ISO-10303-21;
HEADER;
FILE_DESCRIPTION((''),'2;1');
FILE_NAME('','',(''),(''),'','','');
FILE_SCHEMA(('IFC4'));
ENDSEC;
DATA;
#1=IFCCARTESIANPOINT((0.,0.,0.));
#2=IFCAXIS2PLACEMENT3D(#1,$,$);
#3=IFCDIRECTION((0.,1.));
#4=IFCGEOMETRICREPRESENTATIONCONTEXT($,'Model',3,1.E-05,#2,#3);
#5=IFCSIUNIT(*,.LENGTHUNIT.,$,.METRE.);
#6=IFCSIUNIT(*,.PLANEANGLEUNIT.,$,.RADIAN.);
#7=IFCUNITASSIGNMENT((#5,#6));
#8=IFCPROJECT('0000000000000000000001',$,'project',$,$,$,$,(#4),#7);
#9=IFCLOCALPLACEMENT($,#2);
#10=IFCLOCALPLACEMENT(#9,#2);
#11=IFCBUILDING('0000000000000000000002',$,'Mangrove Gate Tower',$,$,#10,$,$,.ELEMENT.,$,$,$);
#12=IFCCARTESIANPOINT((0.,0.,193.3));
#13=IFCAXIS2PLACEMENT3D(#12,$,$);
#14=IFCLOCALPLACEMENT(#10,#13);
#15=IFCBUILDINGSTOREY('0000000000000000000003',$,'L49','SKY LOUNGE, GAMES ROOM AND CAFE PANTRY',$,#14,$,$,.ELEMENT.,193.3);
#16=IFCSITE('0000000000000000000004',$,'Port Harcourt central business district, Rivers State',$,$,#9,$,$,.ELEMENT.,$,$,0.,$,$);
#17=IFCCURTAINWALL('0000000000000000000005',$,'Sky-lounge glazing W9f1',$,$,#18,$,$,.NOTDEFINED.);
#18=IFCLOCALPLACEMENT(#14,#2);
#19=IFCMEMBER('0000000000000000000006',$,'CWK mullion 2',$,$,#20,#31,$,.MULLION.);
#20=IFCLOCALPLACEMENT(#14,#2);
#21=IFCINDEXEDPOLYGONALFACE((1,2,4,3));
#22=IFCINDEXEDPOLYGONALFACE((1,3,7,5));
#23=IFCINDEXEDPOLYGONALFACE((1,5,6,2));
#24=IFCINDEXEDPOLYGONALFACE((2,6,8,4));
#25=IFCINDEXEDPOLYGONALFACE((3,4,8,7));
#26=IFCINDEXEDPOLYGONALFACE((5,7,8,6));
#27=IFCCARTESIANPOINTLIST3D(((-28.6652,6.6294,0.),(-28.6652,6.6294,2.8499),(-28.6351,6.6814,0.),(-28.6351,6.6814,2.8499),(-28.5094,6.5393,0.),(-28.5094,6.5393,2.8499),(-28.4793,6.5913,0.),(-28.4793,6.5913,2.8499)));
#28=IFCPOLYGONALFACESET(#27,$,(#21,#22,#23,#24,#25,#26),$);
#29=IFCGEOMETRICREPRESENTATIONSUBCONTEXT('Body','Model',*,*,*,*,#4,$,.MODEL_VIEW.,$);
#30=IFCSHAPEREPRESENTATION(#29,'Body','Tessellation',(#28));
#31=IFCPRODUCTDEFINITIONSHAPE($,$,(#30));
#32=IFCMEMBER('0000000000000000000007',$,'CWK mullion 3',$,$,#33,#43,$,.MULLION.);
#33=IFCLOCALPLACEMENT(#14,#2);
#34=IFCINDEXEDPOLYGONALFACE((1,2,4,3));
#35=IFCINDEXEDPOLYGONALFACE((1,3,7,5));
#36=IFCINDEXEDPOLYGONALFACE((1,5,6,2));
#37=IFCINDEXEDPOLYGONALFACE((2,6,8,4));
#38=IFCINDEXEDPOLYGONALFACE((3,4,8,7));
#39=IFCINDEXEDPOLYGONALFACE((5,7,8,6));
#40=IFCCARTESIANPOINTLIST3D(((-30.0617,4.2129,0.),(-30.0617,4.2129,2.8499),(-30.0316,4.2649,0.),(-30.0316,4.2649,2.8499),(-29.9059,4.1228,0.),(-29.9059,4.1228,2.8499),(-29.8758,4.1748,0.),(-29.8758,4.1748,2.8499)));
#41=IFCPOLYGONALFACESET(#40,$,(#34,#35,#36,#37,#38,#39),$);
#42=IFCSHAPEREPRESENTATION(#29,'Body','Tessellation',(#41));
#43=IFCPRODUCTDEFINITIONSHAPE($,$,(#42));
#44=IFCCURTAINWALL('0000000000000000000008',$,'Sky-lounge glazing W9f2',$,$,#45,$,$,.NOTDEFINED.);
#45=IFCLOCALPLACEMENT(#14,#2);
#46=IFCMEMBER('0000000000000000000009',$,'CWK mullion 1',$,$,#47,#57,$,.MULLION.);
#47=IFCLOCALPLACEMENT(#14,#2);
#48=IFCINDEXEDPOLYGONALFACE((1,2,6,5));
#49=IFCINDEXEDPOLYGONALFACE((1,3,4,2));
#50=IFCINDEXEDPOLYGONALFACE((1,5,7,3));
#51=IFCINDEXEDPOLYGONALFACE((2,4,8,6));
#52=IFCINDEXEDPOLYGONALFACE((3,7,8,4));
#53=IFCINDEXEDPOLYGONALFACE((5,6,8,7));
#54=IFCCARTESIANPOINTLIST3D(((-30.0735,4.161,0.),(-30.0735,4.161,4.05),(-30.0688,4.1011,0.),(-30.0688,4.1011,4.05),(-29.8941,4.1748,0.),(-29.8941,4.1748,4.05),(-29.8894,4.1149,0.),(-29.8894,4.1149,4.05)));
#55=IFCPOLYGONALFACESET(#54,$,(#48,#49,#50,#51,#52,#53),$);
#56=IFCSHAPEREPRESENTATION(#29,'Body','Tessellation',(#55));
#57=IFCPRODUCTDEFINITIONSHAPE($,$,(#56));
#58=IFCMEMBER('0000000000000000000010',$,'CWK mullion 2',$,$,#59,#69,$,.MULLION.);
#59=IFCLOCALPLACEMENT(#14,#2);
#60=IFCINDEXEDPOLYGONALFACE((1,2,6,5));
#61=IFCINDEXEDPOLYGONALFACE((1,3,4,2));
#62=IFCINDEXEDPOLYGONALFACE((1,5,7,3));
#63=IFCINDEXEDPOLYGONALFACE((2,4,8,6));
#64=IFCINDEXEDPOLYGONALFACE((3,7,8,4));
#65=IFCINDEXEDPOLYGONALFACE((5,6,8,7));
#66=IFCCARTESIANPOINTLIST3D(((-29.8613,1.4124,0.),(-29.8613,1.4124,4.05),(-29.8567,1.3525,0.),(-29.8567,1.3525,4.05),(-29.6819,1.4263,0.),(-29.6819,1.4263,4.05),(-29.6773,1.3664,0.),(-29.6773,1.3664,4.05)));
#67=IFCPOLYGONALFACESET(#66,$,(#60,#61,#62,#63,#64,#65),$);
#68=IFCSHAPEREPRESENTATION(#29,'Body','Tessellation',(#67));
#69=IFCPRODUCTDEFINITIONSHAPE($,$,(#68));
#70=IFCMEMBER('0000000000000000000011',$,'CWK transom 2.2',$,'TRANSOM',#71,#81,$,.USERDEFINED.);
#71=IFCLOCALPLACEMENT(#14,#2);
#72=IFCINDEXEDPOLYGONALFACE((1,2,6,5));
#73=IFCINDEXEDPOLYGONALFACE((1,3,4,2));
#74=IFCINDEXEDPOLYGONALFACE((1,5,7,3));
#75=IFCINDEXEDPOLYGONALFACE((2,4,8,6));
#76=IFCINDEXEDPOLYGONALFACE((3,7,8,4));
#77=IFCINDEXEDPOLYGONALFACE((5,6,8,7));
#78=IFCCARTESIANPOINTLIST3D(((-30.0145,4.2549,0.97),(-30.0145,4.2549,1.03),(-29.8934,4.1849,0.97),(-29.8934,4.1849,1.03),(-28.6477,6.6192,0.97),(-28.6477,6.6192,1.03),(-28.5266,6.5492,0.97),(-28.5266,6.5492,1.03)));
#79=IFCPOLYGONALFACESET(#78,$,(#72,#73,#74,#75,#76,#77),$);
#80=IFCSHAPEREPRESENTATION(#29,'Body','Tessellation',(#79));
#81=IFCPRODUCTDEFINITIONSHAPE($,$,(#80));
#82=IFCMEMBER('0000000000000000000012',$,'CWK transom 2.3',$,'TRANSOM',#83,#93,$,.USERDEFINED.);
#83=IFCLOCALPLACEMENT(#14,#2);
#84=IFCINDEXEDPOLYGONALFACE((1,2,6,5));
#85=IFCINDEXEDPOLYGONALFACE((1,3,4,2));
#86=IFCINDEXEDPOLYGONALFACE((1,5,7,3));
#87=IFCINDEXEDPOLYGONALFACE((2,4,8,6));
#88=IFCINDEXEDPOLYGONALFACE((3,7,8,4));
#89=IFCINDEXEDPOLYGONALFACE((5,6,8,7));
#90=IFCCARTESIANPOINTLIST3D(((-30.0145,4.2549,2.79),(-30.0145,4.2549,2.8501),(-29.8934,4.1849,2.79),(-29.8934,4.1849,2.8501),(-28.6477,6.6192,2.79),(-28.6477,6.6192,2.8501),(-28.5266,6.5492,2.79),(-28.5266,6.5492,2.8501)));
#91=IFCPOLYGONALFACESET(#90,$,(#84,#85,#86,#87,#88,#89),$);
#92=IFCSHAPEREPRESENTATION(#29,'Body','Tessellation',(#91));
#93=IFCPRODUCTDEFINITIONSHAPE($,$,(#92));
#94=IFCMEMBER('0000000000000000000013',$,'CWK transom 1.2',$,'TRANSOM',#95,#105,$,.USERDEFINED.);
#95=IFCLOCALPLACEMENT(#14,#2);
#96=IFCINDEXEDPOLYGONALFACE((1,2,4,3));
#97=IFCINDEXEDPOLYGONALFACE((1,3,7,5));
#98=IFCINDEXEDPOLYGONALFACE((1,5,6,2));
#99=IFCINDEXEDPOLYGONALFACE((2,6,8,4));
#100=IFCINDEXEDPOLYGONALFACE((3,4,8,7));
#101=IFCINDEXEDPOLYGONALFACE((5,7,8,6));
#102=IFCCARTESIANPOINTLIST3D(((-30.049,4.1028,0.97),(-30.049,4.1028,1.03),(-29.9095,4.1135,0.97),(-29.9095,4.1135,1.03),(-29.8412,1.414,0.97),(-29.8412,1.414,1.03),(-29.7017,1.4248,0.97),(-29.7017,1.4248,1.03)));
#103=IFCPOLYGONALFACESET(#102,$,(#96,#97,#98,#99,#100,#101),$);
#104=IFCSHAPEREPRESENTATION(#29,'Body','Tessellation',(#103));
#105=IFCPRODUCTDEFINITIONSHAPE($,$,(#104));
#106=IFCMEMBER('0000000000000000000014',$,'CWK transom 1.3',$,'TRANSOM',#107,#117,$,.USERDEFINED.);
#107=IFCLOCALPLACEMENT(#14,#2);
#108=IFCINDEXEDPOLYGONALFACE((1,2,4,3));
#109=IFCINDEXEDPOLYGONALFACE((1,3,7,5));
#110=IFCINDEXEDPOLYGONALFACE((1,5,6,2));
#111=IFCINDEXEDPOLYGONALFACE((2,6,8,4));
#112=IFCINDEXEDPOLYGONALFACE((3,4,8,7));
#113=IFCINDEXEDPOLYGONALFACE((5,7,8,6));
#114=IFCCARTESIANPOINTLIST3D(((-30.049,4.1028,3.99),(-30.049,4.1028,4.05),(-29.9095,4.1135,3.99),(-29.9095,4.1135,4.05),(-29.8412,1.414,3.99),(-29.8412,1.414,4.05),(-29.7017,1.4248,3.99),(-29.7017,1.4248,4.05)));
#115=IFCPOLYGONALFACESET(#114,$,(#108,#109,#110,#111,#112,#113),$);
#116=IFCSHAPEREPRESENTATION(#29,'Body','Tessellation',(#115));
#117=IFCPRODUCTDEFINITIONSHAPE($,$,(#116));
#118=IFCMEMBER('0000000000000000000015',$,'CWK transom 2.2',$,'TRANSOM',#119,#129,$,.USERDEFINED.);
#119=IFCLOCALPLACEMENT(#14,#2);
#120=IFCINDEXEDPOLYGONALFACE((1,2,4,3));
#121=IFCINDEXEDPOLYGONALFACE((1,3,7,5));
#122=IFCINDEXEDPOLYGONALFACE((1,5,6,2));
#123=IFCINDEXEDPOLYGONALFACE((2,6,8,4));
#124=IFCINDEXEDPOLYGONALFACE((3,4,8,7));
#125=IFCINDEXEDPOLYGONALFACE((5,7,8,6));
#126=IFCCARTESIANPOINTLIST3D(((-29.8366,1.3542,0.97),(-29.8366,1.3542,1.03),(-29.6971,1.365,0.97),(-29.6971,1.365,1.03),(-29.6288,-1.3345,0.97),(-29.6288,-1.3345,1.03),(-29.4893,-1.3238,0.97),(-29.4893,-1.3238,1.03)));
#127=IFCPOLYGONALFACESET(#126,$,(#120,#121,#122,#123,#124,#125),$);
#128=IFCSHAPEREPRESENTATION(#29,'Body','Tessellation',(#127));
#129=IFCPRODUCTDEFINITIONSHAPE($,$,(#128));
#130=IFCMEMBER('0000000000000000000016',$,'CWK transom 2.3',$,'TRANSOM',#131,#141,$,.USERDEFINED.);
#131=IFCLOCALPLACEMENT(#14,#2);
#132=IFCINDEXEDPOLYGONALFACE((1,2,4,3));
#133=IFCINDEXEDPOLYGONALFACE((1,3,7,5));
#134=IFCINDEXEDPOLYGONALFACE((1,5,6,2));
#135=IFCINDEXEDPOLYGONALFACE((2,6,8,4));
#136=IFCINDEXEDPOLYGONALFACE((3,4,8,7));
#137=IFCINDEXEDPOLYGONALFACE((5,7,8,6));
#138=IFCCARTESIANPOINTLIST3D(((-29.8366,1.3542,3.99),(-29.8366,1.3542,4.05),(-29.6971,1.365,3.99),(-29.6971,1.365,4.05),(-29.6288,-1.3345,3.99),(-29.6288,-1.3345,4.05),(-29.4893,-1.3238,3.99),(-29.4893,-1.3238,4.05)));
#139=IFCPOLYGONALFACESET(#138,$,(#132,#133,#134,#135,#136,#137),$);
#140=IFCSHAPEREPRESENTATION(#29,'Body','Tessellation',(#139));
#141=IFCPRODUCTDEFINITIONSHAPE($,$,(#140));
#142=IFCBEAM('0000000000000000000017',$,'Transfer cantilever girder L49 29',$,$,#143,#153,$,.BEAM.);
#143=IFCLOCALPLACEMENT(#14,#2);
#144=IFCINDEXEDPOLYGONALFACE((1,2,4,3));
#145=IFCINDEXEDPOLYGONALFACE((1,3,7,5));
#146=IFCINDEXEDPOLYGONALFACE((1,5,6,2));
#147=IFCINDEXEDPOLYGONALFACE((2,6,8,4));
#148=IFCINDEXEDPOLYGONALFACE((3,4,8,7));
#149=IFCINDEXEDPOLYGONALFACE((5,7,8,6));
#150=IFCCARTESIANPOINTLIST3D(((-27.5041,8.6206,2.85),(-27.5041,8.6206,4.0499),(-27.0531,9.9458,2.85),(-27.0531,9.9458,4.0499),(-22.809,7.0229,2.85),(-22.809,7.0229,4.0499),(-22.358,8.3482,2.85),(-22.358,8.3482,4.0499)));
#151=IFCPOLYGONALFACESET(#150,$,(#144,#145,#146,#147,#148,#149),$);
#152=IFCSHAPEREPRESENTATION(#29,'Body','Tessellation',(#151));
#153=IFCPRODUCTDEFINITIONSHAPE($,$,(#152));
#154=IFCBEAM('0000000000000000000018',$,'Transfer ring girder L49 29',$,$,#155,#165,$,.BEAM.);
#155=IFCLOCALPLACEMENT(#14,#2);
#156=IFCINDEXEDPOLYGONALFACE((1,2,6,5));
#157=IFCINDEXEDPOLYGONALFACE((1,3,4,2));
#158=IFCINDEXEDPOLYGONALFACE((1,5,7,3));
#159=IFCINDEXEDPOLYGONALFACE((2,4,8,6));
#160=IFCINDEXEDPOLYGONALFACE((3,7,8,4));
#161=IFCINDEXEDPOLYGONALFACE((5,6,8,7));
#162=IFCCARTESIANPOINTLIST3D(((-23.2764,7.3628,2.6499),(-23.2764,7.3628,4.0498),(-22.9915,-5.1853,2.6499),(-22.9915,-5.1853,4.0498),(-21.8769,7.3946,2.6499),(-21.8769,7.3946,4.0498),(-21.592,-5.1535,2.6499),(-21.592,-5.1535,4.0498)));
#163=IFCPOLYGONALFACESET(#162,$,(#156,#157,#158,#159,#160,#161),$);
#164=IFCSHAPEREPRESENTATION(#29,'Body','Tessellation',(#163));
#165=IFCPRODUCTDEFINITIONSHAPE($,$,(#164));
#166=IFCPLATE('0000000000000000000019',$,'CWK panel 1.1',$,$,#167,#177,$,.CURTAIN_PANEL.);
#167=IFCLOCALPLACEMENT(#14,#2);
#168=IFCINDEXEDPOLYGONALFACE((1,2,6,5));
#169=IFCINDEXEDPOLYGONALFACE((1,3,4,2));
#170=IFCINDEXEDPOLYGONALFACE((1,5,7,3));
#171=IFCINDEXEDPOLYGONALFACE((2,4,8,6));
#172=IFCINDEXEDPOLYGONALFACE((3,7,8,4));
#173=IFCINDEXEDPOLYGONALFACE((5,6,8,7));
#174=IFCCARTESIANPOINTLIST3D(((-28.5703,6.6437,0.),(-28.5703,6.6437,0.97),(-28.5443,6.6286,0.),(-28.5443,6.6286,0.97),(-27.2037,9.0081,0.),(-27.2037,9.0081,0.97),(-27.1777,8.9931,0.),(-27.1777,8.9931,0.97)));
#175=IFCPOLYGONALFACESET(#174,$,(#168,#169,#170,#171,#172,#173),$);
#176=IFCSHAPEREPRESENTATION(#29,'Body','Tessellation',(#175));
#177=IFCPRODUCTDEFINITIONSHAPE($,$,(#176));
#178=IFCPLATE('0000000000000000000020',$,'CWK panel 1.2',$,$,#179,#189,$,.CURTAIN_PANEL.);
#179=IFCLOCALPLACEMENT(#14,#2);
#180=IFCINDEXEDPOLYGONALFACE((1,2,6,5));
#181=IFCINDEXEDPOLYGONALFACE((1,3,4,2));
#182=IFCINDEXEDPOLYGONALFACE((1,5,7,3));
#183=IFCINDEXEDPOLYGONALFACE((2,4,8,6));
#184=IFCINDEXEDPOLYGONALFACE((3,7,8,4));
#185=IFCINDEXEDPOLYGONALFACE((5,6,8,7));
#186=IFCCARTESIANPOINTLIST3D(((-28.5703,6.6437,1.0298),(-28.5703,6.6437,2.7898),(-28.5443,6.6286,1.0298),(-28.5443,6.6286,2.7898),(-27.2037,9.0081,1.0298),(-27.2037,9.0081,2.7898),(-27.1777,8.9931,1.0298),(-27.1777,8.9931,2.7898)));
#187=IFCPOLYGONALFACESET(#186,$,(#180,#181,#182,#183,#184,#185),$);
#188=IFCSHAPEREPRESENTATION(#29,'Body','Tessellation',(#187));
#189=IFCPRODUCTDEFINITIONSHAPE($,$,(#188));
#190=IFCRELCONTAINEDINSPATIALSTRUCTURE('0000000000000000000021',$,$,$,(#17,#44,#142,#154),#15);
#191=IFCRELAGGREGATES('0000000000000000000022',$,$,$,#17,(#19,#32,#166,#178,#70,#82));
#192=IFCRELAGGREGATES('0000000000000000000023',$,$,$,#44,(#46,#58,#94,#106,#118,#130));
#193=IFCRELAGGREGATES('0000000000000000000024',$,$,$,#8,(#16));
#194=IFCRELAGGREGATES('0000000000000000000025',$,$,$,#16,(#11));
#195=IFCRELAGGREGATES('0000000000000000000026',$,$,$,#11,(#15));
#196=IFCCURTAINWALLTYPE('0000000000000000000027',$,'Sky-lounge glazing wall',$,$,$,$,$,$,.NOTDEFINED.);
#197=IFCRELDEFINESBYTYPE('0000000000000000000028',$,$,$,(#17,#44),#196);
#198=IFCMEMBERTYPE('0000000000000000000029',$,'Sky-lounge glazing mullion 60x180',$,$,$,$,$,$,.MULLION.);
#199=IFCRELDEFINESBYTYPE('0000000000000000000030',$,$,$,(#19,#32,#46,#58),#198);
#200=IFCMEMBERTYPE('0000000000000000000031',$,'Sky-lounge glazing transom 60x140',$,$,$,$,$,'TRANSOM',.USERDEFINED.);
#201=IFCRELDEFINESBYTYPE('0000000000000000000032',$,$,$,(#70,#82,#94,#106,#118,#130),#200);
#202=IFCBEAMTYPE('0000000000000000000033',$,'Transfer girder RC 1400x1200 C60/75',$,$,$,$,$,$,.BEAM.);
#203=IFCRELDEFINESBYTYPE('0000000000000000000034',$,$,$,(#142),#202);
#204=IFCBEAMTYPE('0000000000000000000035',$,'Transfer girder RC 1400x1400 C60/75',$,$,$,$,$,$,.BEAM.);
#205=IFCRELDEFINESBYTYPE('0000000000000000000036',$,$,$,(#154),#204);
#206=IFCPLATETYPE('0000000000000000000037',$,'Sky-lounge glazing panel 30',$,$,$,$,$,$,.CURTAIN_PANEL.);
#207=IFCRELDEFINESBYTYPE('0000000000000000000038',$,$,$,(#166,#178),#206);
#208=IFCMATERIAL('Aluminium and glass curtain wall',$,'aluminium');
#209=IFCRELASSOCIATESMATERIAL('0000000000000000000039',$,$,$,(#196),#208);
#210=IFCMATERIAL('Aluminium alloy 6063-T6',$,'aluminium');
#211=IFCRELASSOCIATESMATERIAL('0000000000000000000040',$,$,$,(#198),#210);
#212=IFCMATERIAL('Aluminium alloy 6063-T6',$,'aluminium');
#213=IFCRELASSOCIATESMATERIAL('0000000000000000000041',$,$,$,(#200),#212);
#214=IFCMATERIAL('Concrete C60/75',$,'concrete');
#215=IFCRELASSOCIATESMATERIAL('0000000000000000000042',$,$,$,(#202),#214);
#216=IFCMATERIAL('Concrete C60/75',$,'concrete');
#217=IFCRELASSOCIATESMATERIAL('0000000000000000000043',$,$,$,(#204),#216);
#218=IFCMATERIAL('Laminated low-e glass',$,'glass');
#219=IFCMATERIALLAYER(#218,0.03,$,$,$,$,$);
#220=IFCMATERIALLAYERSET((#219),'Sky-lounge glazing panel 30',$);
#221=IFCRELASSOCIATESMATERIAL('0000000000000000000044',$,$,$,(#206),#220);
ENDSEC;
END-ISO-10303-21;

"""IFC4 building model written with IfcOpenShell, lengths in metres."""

from ifc_helpers import new_model, si_unit, direction, frame, origin, origin_2d, place, context, subcontext, project, spatial, rectangle, extrude, material, layer, layer_set, material_profile, profile_set, type_object, element, aggregate, save


model = new_model("IFC4")

# Units and contexts
model_context = context("Model", 3, precision=1e-05, world=origin(), true_north=direction((0.0, 1.0)))
body_context = subcontext(model_context, "Body", "Model", "MODEL_VIEW")
ifc_project = project(units=[si_unit("LENGTHUNIT", "METRE"), si_unit("PLANEANGLEUNIT", "RADIAN")], contexts=[model_context])

# Site, building, storey
site_placement = place(None, origin())
site = spatial("IfcSite", under=ifc_project, at=site_placement, Name="Port Harcourt central business district, Rivers State", CompositionType="ELEMENT", RefElevation=0.0)
building_placement = place(site_placement, origin())
building = spatial("IfcBuilding", under=site, at=building_placement, Name="Mangrove Gate Tower", CompositionType="ELEMENT")
storey_placement = place(building_placement, frame((0.0, 0.0, 193.3)))
storey = spatial("IfcBuildingStorey", under=building, at=storey_placement, Name="L49", Description="SKY LOUNGE, GAMES ROOM AND CAFE PANTRY", CompositionType="ELEMENT", Elevation=193.3)

# Curtain walls, members
ifc_material_1 = material(Name="Aluminium and glass curtain wall", Category="aluminium")
curtain_wall_type = type_object("IfcCurtainWallType", Name="Sky-lounge glazing wall", PredefinedType="NOTDEFINED", material=ifc_material_1)
curtain_wall_1_placement = place(storey_placement, origin())
curtain_wall_1 = element("IfcCurtainWall", 1, at=curtain_wall_1_placement, inside=storey, type_object=curtain_wall_type, Name="Sky-lounge glazing W9f1", PredefinedType="NOTDEFINED")
ifc_material_2 = material(Name="Aluminium alloy 6063-T6", Category="aluminium")
ifc_material_profile_1 = material_profile(ifc_material_2, rectangle(XDim=0.0601, YDim=0.1799, at=origin_2d()))
ifc_profile_set_1 = profile_set([ifc_material_profile_1], Name="Aluminium alloy 6063-T6")
member_type_1 = type_object("IfcMemberType", Name="Sky-lounge glazing mullion 60x180", PredefinedType="MULLION", material=ifc_profile_set_1)
member_1_placement = place(storey_placement, frame((-28.5723, 6.6104, 0.0), z_axis=(0.0, 0.0, 1.0), x_axis=(-0.500418, -0.865784, 0.0)))
member_1 = element("IfcMember", 2, at=member_1_placement, type_object=member_type_1, Name="CWK mullion 2", PredefinedType="MULLION", context=body_context, shape_type="SweptSolid", body=[
    extrude(rectangle(XDim=0.0601, YDim=0.1799, at=origin_2d()), origin(), (0.0, 0.0, 1.0), 2.8499),
])
member_2_placement = place(storey_placement, frame((-29.9688, 4.1938, 0.0), z_axis=(0.0, 0.0, 1.0), x_axis=(-0.500418, -0.865784, 0.0)))
member_2 = element("IfcMember", 3, at=member_2_placement, type_object=member_type_1, Name="CWK mullion 3", PredefinedType="MULLION", context=body_context, shape_type="SweptSolid", body=[
    extrude(rectangle(XDim=0.0601, YDim=0.1799, at=origin_2d()), origin(), (0.0, 0.0, 1.0), 2.8499),
])
curtain_wall_2_placement = place(storey_placement, origin())
curtain_wall_2 = element("IfcCurtainWall", 4, at=curtain_wall_2_placement, inside=storey, type_object=curtain_wall_type, Name="Sky-lounge glazing W9f2", PredefinedType="NOTDEFINED")
member_3_placement = place(storey_placement, frame((-29.9814, 4.1379, 0.0), z_axis=(0.0, 0.0, 1.0), x_axis=(0.077023, -0.997029, 0.0)))
member_3 = element("IfcMember", 5, at=member_3_placement, type_object=member_type_1, Name="CWK mullion 1", PredefinedType="MULLION", context=body_context, shape_type="SweptSolid", body=[
    extrude(rectangle(XDim=0.0601, YDim=0.1799, at=origin_2d()), origin(), (0.0, 0.0, 1.0), 4.05),
])
member_4_placement = place(storey_placement, frame((-29.7693, 1.3894, 0.0), z_axis=(0.0, 0.0, 1.0), x_axis=(0.077023, -0.997029, 0.0)))
member_4 = element("IfcMember", 6, at=member_4_placement, type_object=member_type_1, Name="CWK mullion 2", PredefinedType="MULLION", context=body_context, shape_type="SweptSolid", body=[
    extrude(rectangle(XDim=0.0601, YDim=0.1799, at=origin_2d()), origin(), (0.0, 0.0, 1.0), 4.05),
])

# Members
ifc_material_3 = material(Name="Aluminium alloy 6063-T6", Category="aluminium")
ifc_material_profile_2 = material_profile(ifc_material_3, rectangle(XDim=0.0601, YDim=0.1399, at=origin_2d()))
ifc_profile_set_2 = profile_set([ifc_material_profile_2], Name="Aluminium alloy 6063-T6")
member_type_2 = type_object("IfcMemberType", Name="Sky-lounge glazing transom 60x140", ElementType="TRANSOM", PredefinedType="USERDEFINED", material=ifc_profile_set_2)
member_5_placement = place(storey_placement, frame((-28.5872, 6.5842, 1.0), z_axis=(-0.500465, -0.865757, 0.0), x_axis=(0.0, 0.0, 1.0)))
member_5 = element("IfcMember", 7, at=member_5_placement, type_object=member_type_2, Name="CWK transom 2.2", ObjectType="TRANSOM", PredefinedType="USERDEFINED", context=body_context, shape_type="SweptSolid", body=[
    extrude(rectangle(XDim=0.0601, YDim=0.1399, at=origin_2d()), origin(), (0.0, 0.0, 1.0), 2.731),
])
member_6_placement = place(storey_placement, frame((-28.5872, 6.5842, 2.8201), z_axis=(-0.500465, -0.865757, 0.0), x_axis=(0.0, 0.0, 1.0)))
member_6 = element("IfcMember", 8, at=member_6_placement, type_object=member_type_2, Name="CWK transom 2.3", ObjectType="TRANSOM", PredefinedType="USERDEFINED", context=body_context, shape_type="SweptSolid", body=[
    extrude(rectangle(XDim=0.0601, YDim=0.1399, at=origin_2d()), origin(), (0.0, 0.0, 1.0), 2.731),
])
member_7_placement = place(storey_placement, frame((-29.9792, 4.1082, 1.0), z_axis=(0.077043, -0.997028, 0.0), x_axis=(0.0, 0.0, 1.0)))
member_7 = element("IfcMember", 9, at=member_7_placement, type_object=member_type_2, Name="CWK transom 1.2", ObjectType="TRANSOM", PredefinedType="USERDEFINED", context=body_context, shape_type="SweptSolid", body=[
    extrude(rectangle(XDim=0.0601, YDim=0.1399, at=origin_2d()), origin(), (0.0, 0.0, 1.0), 2.6968),
])
member_8_placement = place(storey_placement, frame((-29.9792, 4.1082, 4.02), z_axis=(0.077043, -0.997028, 0.0), x_axis=(0.0, 0.0, 1.0)))
member_8 = element("IfcMember", 10, at=member_8_placement, type_object=member_type_2, Name="CWK transom 1.3", ObjectType="TRANSOM", PredefinedType="USERDEFINED", context=body_context, shape_type="SweptSolid", body=[
    extrude(rectangle(XDim=0.0601, YDim=0.1399, at=origin_2d()), origin(), (0.0, 0.0, 1.0), 2.6968),
])
member_9_placement = place(storey_placement, frame((-29.7668, 1.3596, 1.0), z_axis=(0.077043, -0.997028, 0.0), x_axis=(0.0, 0.0, 1.0)))
member_9 = element("IfcMember", 11, at=member_9_placement, type_object=member_type_2, Name="CWK transom 2.2", ObjectType="TRANSOM", PredefinedType="USERDEFINED", context=body_context, shape_type="SweptSolid", body=[
    extrude(rectangle(XDim=0.0601, YDim=0.1399, at=origin_2d()), origin(), (0.0, 0.0, 1.0), 2.6968),
])
member_10_placement = place(storey_placement, frame((-29.7668, 1.3596, 4.02), z_axis=(0.077043, -0.997028, 0.0), x_axis=(0.0, 0.0, 1.0)))
member_10 = element("IfcMember", 12, at=member_10_placement, type_object=member_type_2, Name="CWK transom 2.3", ObjectType="TRANSOM", PredefinedType="USERDEFINED", context=body_context, shape_type="SweptSolid", body=[
    extrude(rectangle(XDim=0.0601, YDim=0.1399, at=origin_2d()), origin(), (0.0, 0.0, 1.0), 2.6968),
])

# Beams
ifc_material_4 = material(Name="Concrete C60/75", Category="concrete")
ifc_material_profile_3 = material_profile(ifc_material_4, rectangle(XDim=1.3999, YDim=1.2, at=origin_2d()))
ifc_profile_set_3 = profile_set([ifc_material_profile_3], Name="Concrete C60/75")
beam_type_1 = type_object("IfcBeamType", Name="Transfer girder RC 1400x1200 C60/75", PredefinedType="BEAM", material=ifc_profile_set_3)
beam_1_placement = place(storey_placement, frame((-22.5835, 7.6855, 3.45), z_axis=(-0.946691, 0.322144, 0.0), x_axis=(-0.322144, -0.946691, 0.0)))
element("IfcBeam", 13, at=beam_1_placement, inside=storey, type_object=beam_type_1, Name="Transfer cantilever girder L49 29", PredefinedType="BEAM", context=body_context, shape_type="SweptSolid", body=[
    extrude(rectangle(XDim=1.3999, YDim=1.2, at=origin_2d()), origin(), (0.0, 0.0, 1.0), 4.9595),
])
ifc_material_5 = material(Name="Concrete C60/75", Category="concrete")
ifc_material_profile_4 = material_profile(ifc_material_5, rectangle(XDim=1.3999, YDim=1.3999, at=origin_2d()))
ifc_profile_set_4 = profile_set([ifc_material_profile_4], Name="Concrete C60/75")
beam_type_2 = type_object("IfcBeamType", Name="Transfer girder RC 1400x1400 C60/75", PredefinedType="BEAM", material=ifc_profile_set_4)
beam_2_placement = place(storey_placement, frame((-22.5767, 7.3787, 3.3499), z_axis=(0.0227, -0.999742, 0.0), x_axis=(0.999742, 0.0227, 0.0)))
element("IfcBeam", 14, at=beam_2_placement, inside=storey, type_object=beam_type_2, Name="Transfer ring girder L49 29", PredefinedType="BEAM", context=body_context, shape_type="SweptSolid", body=[
    extrude(rectangle(XDim=1.3999, YDim=1.3999, at=origin_2d()), origin(), (0.0, 0.0, 1.0), 12.5513),
])

# Plates
ifc_material_6 = material(Name="Laminated low-e glass", Category="glass")
ifc_layer_1 = layer(ifc_material_6, 0.03)
ifc_layer_set_1 = layer_set([ifc_layer_1], Name="Sky-lounge glazing panel 30")
plate_type = type_object("IfcPlateType", Name="Sky-lounge glazing panel 30", PredefinedType="CURTAIN_PANEL", material=ifc_layer_set_1)
plate_1_placement = place(storey_placement, frame((-27.874, 7.8184, 0.0), z_axis=(0.0, 0.0, 1.0), x_axis=(-0.500418, -0.865784, 0.0)))
plate_1 = element("IfcPlate", 15, at=plate_1_placement, type_object=plate_type, Name="CWK panel 1.1", PredefinedType="CURTAIN_PANEL", context=body_context, shape_type="SweptSolid", body=[
    extrude(rectangle(XDim=2.731, YDim=0.03, at=origin_2d()), origin(), (0.0, 0.0, 1.0), 0.97),
])
plate_2_placement = place(storey_placement, frame((-27.874, 7.8184, 1.0298), z_axis=(0.0, 0.0, 1.0), x_axis=(-0.500418, -0.865784, 0.0)))
plate_2 = element("IfcPlate", 16, at=plate_2_placement, type_object=plate_type, Name="CWK panel 1.2", PredefinedType="CURTAIN_PANEL", context=body_context, shape_type="SweptSolid", body=[
    extrude(rectangle(XDim=2.731, YDim=0.03, at=origin_2d()), origin(), (0.0, 0.0, 1.0), 1.76),
])
aggregate(curtain_wall_1, [member_1, member_2, plate_1, plate_2, member_5, member_6])
aggregate(curtain_wall_2, [member_3, member_4, member_7, member_8, member_9, member_10])

save(model, "model.ifc")
